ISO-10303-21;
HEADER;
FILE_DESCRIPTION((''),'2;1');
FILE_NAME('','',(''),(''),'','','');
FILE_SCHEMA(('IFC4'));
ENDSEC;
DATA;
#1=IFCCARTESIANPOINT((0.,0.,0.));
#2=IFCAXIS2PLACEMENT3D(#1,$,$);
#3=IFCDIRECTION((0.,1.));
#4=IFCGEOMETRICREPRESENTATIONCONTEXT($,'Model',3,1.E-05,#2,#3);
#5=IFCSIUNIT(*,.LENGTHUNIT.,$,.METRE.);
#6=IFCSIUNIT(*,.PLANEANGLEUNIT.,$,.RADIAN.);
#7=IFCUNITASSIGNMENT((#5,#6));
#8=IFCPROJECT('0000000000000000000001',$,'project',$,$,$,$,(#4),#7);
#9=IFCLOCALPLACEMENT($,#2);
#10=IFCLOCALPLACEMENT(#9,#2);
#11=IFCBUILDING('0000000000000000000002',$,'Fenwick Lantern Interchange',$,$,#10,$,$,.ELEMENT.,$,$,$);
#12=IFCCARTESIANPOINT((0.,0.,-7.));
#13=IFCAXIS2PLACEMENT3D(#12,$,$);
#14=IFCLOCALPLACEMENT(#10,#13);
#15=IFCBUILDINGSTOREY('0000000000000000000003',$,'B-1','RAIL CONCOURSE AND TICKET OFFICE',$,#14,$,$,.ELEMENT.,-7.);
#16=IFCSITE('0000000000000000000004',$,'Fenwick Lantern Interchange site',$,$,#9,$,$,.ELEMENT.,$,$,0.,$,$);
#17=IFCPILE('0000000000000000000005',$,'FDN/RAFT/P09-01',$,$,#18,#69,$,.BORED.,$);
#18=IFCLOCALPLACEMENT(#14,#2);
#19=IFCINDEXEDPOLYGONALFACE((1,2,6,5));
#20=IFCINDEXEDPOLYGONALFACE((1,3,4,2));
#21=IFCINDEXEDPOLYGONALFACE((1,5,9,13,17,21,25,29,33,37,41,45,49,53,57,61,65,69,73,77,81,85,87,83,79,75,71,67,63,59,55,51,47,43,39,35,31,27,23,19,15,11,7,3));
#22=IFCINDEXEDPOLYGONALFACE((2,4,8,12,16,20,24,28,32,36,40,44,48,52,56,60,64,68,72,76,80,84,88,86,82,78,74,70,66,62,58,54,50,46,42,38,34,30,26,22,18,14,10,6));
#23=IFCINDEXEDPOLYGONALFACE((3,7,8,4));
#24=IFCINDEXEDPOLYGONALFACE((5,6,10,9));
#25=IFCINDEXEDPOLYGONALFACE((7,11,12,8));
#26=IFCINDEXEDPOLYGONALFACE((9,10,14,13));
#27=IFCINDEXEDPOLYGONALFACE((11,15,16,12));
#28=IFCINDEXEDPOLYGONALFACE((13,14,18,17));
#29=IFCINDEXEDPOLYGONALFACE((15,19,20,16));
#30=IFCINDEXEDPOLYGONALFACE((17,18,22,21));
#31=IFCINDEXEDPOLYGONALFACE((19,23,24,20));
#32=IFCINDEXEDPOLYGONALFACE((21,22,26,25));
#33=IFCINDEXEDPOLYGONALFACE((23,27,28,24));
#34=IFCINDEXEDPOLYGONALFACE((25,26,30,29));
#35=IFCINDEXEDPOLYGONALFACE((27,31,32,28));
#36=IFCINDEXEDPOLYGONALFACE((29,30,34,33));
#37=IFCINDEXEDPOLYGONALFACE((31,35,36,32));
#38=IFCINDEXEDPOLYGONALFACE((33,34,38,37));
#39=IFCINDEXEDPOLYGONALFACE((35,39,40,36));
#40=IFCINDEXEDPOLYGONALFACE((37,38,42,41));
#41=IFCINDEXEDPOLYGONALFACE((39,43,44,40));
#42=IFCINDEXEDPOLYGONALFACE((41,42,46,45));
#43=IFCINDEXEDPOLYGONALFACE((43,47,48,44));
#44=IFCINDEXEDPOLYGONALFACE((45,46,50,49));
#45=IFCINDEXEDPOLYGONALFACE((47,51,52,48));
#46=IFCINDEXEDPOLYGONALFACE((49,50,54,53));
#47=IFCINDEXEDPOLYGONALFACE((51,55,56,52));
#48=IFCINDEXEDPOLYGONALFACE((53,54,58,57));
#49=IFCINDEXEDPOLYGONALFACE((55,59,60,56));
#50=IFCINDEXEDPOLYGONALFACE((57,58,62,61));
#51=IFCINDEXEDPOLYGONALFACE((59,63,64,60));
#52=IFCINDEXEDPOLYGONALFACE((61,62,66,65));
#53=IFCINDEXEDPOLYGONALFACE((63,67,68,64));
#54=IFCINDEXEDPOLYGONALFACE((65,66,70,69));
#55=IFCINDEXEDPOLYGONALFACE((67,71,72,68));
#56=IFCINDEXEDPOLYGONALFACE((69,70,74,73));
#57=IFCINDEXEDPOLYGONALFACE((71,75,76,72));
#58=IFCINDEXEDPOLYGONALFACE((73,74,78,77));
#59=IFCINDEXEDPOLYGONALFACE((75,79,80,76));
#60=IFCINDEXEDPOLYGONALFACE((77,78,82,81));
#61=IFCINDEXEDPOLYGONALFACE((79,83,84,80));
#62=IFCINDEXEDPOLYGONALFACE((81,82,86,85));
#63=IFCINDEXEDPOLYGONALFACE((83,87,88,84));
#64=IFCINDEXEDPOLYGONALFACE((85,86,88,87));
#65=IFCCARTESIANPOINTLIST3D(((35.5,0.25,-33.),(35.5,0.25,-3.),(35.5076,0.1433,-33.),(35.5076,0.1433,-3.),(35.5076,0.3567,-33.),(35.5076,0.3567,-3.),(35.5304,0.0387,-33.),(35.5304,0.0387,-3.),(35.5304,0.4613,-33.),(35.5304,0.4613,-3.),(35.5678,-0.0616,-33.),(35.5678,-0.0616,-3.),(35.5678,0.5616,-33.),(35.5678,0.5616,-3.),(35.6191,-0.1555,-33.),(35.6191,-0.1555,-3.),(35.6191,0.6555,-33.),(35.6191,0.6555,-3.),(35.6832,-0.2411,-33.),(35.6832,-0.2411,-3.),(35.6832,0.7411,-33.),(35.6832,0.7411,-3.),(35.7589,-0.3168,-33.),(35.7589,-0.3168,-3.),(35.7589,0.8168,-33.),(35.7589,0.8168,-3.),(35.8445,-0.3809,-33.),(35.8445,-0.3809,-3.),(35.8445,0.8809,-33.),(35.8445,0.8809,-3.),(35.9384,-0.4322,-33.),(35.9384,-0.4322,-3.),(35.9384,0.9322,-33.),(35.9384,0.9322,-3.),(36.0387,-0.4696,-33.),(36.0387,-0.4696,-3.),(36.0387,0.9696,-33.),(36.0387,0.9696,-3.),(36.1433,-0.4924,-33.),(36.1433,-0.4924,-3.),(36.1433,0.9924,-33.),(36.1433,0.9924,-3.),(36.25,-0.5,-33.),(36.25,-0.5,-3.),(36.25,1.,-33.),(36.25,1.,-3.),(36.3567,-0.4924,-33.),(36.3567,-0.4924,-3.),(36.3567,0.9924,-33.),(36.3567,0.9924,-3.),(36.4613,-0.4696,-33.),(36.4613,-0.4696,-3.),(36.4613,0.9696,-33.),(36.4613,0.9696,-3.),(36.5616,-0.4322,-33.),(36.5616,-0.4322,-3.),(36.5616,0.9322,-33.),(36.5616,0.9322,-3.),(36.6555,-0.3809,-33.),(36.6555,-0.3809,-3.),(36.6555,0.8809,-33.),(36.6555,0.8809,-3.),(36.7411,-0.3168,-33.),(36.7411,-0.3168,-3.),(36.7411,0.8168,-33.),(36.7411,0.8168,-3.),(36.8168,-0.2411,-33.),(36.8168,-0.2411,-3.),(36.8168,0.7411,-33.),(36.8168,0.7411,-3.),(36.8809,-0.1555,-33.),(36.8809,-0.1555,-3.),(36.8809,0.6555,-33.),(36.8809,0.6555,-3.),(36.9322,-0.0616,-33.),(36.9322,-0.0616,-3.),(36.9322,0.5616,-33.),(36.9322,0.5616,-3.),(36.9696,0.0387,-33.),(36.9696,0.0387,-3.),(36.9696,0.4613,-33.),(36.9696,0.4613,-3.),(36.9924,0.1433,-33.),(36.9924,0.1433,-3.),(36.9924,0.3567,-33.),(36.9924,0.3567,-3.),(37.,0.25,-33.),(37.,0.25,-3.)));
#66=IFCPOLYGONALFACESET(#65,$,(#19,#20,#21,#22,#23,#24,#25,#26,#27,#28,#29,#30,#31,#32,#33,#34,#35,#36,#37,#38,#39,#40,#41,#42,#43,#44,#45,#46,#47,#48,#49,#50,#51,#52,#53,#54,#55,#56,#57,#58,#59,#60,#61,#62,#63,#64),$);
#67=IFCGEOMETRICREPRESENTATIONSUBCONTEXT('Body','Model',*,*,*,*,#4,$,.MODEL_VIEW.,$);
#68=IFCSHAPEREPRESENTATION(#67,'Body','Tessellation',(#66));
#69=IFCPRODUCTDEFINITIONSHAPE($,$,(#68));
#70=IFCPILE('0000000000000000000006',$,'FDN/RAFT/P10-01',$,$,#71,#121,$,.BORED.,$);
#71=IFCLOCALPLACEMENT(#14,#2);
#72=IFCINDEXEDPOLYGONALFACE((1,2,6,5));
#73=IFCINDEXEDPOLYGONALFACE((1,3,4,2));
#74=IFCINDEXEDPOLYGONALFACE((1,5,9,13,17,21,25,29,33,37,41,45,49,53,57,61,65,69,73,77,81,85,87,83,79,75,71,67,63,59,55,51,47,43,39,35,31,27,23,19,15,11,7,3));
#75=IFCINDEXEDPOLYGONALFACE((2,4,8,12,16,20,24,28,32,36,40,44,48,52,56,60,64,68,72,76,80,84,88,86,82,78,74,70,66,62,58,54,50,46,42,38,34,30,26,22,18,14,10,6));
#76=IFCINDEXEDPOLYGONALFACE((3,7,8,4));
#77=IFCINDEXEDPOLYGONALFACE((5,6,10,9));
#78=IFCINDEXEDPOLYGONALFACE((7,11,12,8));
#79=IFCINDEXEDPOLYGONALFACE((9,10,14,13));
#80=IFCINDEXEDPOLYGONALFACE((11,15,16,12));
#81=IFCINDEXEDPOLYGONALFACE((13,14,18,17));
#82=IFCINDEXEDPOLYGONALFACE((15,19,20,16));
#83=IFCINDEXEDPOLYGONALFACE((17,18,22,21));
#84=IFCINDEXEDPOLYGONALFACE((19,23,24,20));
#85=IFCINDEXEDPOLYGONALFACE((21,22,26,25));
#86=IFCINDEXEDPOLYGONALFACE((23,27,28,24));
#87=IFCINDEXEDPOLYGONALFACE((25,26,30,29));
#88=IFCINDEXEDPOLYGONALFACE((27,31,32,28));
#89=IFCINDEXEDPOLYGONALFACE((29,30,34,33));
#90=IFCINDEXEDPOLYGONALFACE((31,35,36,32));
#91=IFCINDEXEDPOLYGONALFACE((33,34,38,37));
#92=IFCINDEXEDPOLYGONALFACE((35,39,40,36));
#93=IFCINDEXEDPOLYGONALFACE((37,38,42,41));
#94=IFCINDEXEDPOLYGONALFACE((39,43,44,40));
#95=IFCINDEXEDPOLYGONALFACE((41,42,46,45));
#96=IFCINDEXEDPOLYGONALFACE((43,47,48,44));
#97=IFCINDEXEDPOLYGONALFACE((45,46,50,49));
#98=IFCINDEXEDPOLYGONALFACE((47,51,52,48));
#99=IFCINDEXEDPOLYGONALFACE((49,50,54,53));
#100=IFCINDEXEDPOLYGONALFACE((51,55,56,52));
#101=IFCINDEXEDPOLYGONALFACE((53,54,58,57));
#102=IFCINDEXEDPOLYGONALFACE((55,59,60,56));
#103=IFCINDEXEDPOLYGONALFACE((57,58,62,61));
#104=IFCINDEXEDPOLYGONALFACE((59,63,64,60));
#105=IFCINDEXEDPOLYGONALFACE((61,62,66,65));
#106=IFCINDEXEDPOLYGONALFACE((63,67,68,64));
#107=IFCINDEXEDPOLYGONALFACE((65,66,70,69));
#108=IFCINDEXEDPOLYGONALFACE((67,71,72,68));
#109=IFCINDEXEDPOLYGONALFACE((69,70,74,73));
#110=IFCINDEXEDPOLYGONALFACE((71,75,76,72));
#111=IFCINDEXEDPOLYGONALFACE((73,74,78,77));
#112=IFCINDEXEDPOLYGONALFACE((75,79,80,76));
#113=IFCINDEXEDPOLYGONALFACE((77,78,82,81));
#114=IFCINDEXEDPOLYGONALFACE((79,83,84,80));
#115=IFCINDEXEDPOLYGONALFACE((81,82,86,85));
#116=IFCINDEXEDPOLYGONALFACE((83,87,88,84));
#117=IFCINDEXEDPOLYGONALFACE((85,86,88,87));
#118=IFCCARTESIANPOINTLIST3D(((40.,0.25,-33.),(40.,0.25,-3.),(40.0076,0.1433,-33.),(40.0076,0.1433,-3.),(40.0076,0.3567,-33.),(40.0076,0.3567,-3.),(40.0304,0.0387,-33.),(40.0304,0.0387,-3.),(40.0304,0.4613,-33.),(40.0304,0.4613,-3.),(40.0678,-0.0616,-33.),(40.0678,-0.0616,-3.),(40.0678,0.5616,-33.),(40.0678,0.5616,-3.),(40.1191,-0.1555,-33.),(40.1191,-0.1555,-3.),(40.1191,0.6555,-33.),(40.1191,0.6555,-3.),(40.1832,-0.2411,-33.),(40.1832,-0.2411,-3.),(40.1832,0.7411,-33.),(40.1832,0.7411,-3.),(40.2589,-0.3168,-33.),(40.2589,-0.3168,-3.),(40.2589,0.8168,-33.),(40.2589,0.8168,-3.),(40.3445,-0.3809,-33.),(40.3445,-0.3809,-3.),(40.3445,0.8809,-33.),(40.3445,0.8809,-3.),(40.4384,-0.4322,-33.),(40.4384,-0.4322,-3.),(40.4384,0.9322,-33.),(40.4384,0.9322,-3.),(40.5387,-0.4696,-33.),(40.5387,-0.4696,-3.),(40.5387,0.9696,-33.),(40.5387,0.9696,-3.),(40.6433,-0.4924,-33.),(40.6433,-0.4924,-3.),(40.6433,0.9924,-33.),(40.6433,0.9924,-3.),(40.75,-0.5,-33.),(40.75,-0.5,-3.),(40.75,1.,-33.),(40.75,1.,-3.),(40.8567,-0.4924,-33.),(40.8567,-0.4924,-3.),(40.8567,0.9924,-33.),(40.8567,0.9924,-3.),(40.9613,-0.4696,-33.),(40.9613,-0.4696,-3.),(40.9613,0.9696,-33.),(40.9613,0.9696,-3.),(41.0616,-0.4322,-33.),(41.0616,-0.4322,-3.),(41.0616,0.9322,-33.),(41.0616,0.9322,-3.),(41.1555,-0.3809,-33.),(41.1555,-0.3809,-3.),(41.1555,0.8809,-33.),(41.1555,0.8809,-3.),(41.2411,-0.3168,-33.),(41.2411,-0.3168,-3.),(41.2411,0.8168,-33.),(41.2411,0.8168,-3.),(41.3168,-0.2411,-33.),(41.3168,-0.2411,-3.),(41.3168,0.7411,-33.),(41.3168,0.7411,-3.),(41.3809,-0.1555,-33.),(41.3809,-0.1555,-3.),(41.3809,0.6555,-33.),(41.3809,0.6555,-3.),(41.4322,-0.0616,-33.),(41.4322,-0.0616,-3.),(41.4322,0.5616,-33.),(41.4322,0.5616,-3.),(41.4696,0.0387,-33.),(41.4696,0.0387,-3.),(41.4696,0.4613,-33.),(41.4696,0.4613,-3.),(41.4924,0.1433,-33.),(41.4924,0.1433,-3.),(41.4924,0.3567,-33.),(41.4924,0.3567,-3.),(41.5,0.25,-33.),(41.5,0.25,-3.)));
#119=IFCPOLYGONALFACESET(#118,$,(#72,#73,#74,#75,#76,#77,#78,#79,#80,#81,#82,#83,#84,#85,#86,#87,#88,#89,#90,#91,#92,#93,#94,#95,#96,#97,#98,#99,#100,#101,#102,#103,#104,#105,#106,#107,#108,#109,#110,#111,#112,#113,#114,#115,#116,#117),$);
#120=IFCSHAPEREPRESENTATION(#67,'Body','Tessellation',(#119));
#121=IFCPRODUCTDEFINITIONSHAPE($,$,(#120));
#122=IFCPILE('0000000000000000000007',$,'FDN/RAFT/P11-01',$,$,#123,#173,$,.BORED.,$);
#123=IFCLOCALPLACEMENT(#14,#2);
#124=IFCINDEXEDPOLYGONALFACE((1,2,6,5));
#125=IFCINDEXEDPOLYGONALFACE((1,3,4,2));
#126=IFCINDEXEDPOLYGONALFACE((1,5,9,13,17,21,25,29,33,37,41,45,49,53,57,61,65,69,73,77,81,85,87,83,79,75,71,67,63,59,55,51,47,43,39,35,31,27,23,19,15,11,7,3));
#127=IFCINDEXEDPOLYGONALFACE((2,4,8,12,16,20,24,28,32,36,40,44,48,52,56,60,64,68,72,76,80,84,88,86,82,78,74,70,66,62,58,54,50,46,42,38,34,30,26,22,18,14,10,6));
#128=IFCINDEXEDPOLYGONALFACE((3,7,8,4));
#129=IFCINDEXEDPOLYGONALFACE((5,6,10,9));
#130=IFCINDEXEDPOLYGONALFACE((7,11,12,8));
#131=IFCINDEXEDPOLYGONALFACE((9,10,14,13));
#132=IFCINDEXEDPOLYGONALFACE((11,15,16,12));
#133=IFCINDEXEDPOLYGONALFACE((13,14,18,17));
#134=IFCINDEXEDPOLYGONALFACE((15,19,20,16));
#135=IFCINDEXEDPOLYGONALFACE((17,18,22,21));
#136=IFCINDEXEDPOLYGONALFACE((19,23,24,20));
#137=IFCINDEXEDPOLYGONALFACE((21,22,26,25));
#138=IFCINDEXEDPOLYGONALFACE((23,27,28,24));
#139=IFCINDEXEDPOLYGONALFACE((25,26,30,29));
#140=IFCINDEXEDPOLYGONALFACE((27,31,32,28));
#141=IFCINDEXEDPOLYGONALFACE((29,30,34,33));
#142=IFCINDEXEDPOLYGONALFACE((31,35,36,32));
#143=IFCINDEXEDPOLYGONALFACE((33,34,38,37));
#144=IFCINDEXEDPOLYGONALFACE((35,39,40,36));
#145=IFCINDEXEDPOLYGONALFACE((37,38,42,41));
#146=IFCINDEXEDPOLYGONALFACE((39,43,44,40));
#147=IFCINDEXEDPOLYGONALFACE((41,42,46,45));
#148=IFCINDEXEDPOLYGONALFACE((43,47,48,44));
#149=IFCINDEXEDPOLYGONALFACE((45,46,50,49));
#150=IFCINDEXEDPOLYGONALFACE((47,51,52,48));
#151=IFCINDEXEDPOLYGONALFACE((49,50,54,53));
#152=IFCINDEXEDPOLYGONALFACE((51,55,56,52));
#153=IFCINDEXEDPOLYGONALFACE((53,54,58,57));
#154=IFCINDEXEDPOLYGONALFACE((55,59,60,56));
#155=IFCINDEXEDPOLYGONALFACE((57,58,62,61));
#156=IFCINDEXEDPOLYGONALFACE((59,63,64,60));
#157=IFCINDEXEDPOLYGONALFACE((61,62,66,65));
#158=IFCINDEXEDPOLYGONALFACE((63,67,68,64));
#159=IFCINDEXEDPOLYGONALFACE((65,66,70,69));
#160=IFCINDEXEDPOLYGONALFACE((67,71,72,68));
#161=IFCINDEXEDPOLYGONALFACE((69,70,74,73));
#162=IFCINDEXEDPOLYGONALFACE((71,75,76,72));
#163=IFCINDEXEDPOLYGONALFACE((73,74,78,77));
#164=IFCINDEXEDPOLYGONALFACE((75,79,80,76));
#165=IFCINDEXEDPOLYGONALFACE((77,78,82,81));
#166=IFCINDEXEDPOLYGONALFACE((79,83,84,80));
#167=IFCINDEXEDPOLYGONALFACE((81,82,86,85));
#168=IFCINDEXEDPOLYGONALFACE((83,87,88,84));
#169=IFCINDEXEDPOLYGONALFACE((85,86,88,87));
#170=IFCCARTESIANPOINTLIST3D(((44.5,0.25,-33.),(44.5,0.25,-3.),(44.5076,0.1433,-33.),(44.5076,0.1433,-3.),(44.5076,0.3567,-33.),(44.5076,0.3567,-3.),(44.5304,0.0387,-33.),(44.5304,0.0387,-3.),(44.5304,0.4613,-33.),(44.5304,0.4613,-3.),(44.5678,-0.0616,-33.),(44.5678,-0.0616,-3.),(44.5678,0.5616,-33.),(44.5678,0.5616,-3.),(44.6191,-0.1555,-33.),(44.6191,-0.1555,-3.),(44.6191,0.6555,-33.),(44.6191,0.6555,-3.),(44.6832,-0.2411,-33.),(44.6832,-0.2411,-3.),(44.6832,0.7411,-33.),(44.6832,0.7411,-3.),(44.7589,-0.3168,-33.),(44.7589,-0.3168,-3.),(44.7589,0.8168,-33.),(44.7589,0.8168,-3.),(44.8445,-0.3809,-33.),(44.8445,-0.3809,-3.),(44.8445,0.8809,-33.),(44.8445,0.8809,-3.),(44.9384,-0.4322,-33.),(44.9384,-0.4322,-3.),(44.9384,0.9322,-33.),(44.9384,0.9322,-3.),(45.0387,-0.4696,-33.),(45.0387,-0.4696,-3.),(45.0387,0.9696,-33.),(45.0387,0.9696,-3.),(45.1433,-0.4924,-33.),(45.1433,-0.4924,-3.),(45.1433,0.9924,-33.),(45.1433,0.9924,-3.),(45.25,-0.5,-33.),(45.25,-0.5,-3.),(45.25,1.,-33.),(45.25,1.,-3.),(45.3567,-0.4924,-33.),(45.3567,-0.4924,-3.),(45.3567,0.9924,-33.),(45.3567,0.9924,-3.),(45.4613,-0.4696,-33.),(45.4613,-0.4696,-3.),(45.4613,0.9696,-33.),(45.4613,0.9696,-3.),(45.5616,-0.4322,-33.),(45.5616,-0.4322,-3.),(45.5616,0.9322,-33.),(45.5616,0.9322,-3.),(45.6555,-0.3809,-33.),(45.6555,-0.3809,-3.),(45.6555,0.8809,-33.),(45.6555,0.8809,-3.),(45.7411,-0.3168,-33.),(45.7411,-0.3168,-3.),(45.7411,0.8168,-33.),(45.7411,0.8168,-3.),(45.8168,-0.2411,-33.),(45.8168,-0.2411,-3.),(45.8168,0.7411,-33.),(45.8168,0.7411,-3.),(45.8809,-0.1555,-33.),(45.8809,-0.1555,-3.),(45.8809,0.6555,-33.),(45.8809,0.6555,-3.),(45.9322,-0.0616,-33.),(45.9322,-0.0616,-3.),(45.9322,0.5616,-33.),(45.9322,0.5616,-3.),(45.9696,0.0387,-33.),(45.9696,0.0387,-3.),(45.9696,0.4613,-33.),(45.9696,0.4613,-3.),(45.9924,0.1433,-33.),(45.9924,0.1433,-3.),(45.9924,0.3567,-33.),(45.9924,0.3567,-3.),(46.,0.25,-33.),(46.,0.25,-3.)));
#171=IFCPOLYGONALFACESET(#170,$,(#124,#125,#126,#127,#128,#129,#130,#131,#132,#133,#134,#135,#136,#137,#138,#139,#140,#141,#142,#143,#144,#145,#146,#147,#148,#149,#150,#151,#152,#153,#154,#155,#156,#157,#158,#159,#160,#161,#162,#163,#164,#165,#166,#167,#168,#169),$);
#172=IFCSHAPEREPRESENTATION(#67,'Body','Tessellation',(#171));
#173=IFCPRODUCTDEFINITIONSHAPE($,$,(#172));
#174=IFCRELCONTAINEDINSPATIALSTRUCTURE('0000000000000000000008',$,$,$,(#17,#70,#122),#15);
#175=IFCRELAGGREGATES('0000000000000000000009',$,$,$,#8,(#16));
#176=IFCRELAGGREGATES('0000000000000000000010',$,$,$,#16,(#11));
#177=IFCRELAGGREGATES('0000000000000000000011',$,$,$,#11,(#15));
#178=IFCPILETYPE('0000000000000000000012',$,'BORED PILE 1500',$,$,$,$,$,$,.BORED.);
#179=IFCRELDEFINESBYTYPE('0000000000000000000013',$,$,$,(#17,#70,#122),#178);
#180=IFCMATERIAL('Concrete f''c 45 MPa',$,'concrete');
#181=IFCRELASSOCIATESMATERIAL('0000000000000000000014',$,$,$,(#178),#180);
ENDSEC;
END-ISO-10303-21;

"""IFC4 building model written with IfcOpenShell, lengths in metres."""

from ifc_helpers import new_model, si_unit, direction, frame, origin, origin_2d, place, context, subcontext, project, spatial, circle, extrude, material, type_object, element, save


model = new_model("IFC4")

# Units and contexts
model_context = context("Model", 3, precision=1e-05, world=origin(), true_north=direction((0.0, 1.0)))
body_context = subcontext(model_context, "Body", "Model", "MODEL_VIEW")
ifc_project = project(units=[si_unit("LENGTHUNIT", "METRE"), si_unit("PLANEANGLEUNIT", "RADIAN")], contexts=[model_context])

# Site, building, storey
site_placement = place(None, origin())
site = spatial("IfcSite", under=ifc_project, at=site_placement, Name="Fenwick Lantern Interchange site", CompositionType="ELEMENT", RefElevation=0.0)
building_placement = place(site_placement, origin())
building = spatial("IfcBuilding", under=site, at=building_placement, Name="Fenwick Lantern Interchange", CompositionType="ELEMENT")
storey_placement = place(building_placement, frame((0.0, 0.0, -7.0)))
storey = spatial("IfcBuildingStorey", under=building, at=storey_placement, Name="B-1", Description="RAIL CONCOURSE AND TICKET OFFICE", CompositionType="ELEMENT", Elevation=-7.0)

# Piles
ifc_material_1 = material(Name="Concrete f'c 45 MPa", Category="concrete")
pile_type_1 = type_object("IfcPileType", Name="BORED PILE 1500", PredefinedType="BORED", material=ifc_material_1)
for number, where, z_axis, x_axis, name in (
    (1, (36.25, 0.25, -3.0), (0.0, 0.0, -1.0), (1.0, 0.0, 0.0), "FDN/RAFT/P09-01"),
    (2, (40.75, 0.25, -3.0), (0.0, 0.0, -1.0), (1.0, 0.0, 0.0), "FDN/RAFT/P10-01"),
    (3, (45.25, 0.25, -3.0), (0.0, 0.0, -1.0), (1.0, 0.0, 0.0), "FDN/RAFT/P11-01"),
):
    element("IfcPile", number, at=place(storey_placement, frame(where, z_axis=z_axis, x_axis=x_axis)), inside=storey, type_object=pile_type_1, Name=name, PredefinedType="BORED", context=body_context, shape_type="SweptSolid", body=[
        extrude(circle(Radius=0.75, at=origin_2d()), origin(), (0.0, 0.0, 1.0), 30.0),
    ])

save(model, "model.ifc")
